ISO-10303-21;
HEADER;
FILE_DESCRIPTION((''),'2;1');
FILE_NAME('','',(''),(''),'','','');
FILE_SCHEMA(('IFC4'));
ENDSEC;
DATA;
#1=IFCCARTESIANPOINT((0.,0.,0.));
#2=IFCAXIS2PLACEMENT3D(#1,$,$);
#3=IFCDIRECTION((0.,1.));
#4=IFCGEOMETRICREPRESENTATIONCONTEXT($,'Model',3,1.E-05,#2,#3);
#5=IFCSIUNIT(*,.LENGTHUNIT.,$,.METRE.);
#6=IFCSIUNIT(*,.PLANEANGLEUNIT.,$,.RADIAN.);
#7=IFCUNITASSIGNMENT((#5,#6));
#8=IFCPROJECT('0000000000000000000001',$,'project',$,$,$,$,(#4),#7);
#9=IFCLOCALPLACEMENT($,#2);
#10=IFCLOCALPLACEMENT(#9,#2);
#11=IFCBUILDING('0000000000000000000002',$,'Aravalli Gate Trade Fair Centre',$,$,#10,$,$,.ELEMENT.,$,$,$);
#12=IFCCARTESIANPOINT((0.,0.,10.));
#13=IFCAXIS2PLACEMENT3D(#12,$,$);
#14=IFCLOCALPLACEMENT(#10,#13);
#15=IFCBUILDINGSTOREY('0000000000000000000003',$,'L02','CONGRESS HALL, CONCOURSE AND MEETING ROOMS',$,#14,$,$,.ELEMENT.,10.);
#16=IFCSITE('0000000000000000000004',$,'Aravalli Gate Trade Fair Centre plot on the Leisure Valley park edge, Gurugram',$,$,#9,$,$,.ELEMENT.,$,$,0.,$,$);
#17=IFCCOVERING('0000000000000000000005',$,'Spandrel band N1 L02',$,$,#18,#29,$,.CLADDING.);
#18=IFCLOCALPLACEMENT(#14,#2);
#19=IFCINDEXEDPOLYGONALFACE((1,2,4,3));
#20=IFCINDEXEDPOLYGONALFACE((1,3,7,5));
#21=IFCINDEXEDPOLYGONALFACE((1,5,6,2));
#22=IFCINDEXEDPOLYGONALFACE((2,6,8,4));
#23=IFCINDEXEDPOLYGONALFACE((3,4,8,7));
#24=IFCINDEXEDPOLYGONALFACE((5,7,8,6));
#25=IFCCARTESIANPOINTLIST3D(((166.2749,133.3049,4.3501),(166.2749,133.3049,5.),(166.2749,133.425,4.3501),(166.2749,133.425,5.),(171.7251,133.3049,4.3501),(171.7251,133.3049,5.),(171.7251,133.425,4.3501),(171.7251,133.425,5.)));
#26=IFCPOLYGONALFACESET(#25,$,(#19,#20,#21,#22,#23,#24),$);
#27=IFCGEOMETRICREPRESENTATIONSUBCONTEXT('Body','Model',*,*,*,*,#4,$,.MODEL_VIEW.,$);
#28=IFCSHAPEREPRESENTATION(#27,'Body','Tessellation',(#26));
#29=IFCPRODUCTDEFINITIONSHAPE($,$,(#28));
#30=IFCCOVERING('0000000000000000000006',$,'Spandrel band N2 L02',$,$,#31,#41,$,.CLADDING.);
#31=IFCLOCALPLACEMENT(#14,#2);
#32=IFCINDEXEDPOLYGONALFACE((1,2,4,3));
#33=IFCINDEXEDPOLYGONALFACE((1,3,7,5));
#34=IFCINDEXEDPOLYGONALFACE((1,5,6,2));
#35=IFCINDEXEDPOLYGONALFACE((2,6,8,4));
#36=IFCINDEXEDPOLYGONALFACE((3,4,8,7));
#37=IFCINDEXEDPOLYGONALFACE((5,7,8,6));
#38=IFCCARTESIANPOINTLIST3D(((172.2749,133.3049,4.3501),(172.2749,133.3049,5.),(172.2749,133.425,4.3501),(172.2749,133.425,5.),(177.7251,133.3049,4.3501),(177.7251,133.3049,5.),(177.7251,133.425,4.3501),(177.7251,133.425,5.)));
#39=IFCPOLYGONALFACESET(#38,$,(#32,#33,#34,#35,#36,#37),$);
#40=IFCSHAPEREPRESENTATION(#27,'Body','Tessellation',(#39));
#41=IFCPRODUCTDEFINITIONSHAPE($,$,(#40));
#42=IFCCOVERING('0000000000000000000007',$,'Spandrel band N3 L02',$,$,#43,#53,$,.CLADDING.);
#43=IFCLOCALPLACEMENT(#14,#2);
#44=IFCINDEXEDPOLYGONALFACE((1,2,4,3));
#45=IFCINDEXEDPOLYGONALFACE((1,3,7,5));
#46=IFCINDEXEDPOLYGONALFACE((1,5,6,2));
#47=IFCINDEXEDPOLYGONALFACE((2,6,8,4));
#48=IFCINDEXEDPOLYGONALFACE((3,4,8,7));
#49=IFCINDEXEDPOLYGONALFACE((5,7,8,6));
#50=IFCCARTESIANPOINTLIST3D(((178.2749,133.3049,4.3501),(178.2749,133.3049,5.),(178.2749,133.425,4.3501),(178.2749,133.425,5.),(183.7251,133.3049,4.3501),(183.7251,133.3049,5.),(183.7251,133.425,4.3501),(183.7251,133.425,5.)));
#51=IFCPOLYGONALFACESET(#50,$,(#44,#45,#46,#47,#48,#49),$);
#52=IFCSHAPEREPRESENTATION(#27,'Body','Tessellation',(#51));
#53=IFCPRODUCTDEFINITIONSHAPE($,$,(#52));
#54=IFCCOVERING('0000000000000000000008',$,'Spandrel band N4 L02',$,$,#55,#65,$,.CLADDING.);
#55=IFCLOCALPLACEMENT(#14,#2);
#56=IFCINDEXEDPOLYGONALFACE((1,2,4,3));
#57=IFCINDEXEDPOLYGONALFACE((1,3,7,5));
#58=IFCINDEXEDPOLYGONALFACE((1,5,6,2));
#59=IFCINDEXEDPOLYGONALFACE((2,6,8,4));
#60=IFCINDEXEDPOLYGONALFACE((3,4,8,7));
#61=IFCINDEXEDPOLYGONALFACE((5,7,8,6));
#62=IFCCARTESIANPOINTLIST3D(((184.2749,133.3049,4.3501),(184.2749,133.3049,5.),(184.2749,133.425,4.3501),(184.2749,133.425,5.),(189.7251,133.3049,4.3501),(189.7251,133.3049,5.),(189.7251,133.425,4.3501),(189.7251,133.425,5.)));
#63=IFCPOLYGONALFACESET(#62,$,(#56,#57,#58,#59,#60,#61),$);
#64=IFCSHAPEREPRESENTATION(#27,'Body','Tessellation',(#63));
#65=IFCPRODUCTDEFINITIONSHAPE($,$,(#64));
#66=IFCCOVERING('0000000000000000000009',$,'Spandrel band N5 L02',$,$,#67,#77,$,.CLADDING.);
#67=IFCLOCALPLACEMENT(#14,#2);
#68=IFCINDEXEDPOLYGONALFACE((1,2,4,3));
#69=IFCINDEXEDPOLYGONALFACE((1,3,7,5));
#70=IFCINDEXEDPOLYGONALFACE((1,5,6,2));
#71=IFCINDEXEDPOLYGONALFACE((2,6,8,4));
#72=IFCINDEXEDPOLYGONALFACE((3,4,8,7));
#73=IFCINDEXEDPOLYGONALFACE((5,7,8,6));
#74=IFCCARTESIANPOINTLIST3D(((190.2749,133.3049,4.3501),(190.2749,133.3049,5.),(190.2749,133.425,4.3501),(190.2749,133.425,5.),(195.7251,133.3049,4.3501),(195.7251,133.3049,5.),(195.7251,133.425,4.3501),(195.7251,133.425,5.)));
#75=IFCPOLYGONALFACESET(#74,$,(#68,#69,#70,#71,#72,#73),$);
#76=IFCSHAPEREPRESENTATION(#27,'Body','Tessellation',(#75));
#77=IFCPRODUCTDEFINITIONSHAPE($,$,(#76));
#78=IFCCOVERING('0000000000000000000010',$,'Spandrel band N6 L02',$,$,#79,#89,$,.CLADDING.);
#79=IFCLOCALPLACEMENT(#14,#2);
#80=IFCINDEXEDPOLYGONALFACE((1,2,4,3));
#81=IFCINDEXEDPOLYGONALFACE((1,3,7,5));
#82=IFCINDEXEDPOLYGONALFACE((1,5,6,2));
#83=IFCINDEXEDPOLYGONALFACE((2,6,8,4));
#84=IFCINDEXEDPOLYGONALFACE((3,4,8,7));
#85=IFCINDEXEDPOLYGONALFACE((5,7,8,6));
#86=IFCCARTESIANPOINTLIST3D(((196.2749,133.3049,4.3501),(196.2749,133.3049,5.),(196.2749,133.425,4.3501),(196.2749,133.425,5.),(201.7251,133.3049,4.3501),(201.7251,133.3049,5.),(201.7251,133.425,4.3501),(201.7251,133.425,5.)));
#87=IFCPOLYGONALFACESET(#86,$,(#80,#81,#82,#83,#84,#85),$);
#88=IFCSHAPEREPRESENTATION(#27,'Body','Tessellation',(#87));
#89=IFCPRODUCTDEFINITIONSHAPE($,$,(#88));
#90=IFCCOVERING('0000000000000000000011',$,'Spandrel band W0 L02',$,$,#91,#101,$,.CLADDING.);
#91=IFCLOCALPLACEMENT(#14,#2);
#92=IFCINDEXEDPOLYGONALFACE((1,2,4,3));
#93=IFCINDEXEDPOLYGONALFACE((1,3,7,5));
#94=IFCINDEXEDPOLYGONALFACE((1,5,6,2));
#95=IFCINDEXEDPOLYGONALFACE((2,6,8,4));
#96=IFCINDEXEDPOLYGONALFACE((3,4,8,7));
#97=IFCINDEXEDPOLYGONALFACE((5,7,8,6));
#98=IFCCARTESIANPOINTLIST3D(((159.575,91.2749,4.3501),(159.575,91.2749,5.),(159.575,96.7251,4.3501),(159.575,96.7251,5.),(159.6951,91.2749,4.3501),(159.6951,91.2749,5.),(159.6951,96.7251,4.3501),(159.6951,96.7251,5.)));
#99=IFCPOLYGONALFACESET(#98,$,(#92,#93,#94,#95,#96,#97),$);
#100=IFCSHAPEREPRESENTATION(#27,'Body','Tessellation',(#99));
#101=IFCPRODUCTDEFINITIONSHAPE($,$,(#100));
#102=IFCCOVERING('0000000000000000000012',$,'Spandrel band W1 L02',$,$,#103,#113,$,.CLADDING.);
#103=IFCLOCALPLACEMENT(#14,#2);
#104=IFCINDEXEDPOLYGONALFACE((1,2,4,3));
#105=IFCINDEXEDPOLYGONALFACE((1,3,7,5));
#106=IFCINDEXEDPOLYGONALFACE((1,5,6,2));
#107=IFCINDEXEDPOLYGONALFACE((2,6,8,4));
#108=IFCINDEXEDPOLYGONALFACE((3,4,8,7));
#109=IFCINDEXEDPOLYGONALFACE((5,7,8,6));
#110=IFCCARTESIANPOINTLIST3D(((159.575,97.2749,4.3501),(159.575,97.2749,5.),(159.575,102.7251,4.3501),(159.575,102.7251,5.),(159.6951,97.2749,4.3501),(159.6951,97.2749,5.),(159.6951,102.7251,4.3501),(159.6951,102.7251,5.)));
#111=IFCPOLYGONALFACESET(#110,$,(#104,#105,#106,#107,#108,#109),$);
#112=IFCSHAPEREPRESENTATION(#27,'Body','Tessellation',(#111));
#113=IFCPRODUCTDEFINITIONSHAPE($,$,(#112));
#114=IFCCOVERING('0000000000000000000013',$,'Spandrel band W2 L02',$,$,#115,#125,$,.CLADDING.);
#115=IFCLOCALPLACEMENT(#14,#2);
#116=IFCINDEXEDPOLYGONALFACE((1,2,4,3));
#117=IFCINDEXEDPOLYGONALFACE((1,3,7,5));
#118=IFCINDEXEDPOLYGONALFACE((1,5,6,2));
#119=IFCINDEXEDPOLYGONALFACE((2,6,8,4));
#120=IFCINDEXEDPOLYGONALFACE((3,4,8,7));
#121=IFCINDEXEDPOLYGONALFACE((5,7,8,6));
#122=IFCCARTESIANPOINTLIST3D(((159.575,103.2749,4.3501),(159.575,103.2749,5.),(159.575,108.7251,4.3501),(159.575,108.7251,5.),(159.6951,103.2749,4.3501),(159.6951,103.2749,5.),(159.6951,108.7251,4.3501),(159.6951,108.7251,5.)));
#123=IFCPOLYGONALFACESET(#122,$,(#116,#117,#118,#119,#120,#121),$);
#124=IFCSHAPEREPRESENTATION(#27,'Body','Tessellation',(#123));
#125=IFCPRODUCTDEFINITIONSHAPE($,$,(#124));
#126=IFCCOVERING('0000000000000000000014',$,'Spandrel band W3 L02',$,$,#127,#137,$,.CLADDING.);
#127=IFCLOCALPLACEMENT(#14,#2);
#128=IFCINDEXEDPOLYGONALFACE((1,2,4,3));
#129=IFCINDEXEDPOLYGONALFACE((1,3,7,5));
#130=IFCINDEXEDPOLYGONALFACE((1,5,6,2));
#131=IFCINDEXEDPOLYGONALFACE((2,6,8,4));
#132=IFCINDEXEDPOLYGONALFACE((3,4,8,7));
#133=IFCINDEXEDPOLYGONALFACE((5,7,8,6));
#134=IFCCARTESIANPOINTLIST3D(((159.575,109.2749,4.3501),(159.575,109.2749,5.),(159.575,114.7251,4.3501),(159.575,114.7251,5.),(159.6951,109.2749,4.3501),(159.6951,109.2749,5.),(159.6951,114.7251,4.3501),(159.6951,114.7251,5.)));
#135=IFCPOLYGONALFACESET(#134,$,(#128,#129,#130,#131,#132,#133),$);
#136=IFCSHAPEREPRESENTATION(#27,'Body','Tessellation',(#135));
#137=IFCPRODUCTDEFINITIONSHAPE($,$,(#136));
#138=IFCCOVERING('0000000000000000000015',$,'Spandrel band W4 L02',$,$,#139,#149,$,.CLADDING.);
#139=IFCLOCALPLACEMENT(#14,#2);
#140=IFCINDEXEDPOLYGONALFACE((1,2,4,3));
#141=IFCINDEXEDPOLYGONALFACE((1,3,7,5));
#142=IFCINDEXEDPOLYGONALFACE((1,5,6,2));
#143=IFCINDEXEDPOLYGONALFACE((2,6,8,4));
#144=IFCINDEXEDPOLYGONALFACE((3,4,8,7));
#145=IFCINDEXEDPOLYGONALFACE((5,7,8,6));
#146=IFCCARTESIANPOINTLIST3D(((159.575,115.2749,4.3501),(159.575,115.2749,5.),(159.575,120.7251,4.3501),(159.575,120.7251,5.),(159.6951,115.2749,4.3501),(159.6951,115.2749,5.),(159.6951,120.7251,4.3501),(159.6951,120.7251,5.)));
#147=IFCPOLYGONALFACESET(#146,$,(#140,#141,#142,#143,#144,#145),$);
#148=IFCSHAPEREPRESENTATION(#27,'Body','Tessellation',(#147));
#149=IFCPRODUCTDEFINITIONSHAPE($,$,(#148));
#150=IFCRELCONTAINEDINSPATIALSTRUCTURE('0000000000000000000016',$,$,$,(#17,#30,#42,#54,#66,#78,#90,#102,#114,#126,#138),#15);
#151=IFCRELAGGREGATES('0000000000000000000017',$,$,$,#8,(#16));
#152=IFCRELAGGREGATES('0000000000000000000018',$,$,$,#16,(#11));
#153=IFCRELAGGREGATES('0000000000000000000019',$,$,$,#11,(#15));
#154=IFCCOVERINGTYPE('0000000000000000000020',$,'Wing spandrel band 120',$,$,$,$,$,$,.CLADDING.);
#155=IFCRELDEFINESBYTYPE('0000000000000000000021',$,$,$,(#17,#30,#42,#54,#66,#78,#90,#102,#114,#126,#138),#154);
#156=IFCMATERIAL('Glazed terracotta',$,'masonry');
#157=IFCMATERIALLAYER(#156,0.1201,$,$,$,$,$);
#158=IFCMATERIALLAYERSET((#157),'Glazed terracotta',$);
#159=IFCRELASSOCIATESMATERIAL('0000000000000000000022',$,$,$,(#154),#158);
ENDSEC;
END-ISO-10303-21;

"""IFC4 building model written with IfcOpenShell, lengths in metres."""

from ifc_helpers import new_model, si_unit, direction, frame, origin, place, context, subcontext, project, spatial, polyline, outline, extrude, material, layer, layer_set, type_object, element, save


model = new_model("IFC4")

# Units and contexts
model_context = context("Model", 3, precision=1e-05, world=origin(), true_north=direction((0.0, 1.0)))
body_context = subcontext(model_context, "Body", "Model", "MODEL_VIEW")
ifc_project = project(units=[si_unit("LENGTHUNIT", "METRE"), si_unit("PLANEANGLEUNIT", "RADIAN")], contexts=[model_context])

# Site, building, storey
site_placement = place(None, origin())
site = spatial("IfcSite", under=ifc_project, at=site_placement, Name="Aravalli Gate Trade Fair Centre plot on the Leisure Valley park edge, Gurugram", CompositionType="ELEMENT", RefElevation=0.0)
building_placement = place(site_placement, origin())
building = spatial("IfcBuilding", under=site, at=building_placement, Name="Aravalli Gate Trade Fair Centre", CompositionType="ELEMENT")
storey_placement = place(building_placement, frame((0.0, 0.0, 10.0)))
storey = spatial("IfcBuildingStorey", under=building, at=storey_placement, Name="L02", Description="CONGRESS HALL, CONCOURSE AND MEETING ROOMS", CompositionType="ELEMENT", Elevation=10.0)

# Coverings
ifc_material_1 = material(Name="Glazed terracotta", Category="masonry")
ifc_layer_1 = layer(ifc_material_1, 0.1201)
ifc_layer_set_1 = layer_set([ifc_layer_1], Name="Glazed terracotta")
covering_type_1 = type_object("IfcCoveringType", Name="Wing spandrel band 120", PredefinedType="CLADDING", material=ifc_layer_set_1)
covering_1_placement = place(storey_placement, frame((0.0, 0.0, 4.3501)))
element("IfcCovering", 1, at=covering_1_placement, inside=storey, type_object=covering_type_1, Name="Spandrel band N1 L02", PredefinedType="CLADDING", context=body_context, shape_type="SweptSolid", body=[
    extrude(outline(polyline([(166.2749, 133.3049), (171.7251, 133.3049), (171.7251, 133.425), (166.2749, 133.425), (166.2749, 133.3049)])), origin(), (0.0, 0.0, 1.0), 0.6499),
])
covering_2_placement = place(storey_placement, frame((0.0, 0.0, 4.3501)))
element("IfcCovering", 2, at=covering_2_placement, inside=storey, type_object=covering_type_1, Name="Spandrel band N2 L02", PredefinedType="CLADDING", context=body_context, shape_type="SweptSolid", body=[
    extrude(outline(polyline([(172.2749, 133.3049), (177.7251, 133.3049), (177.7251, 133.425), (172.2749, 133.425), (172.2749, 133.3049)])), origin(), (0.0, 0.0, 1.0), 0.6499),
])
covering_3_placement = place(storey_placement, frame((0.0, 0.0, 4.3501)))
element("IfcCovering", 3, at=covering_3_placement, inside=storey, type_object=covering_type_1, Name="Spandrel band N3 L02", PredefinedType="CLADDING", context=body_context, shape_type="SweptSolid", body=[
    extrude(outline(polyline([(178.2749, 133.3049), (183.7251, 133.3049), (183.7251, 133.425), (178.2749, 133.425), (178.2749, 133.3049)])), origin(), (0.0, 0.0, 1.0), 0.6499),
])
covering_4_placement = place(storey_placement, frame((0.0, 0.0, 4.3501)))
element("IfcCovering", 4, at=covering_4_placement, inside=storey, type_object=covering_type_1, Name="Spandrel band N4 L02", PredefinedType="CLADDING", context=body_context, shape_type="SweptSolid", body=[
    extrude(outline(polyline([(184.2749, 133.3049), (189.7251, 133.3049), (189.7251, 133.425), (184.2749, 133.425), (184.2749, 133.3049)])), origin(), (0.0, 0.0, 1.0), 0.6499),
])
covering_5_placement = place(storey_placement, frame((0.0, 0.0, 4.3501)))
element("IfcCovering", 5, at=covering_5_placement, inside=storey, type_object=covering_type_1, Name="Spandrel band N5 L02", PredefinedType="CLADDING", context=body_context, shape_type="SweptSolid", body=[
    extrude(outline(polyline([(190.2749, 133.3049), (195.7251, 133.3049), (195.7251, 133.425), (190.2749, 133.425), (190.2749, 133.3049)])), origin(), (0.0, 0.0, 1.0), 0.6499),
])
covering_6_placement = place(storey_placement, frame((0.0, 0.0, 4.3501)))
element("IfcCovering", 6, at=covering_6_placement, inside=storey, type_object=covering_type_1, Name="Spandrel band N6 L02", PredefinedType="CLADDING", context=body_context, shape_type="SweptSolid", body=[
    extrude(outline(polyline([(196.2749, 133.3049), (201.7251, 133.3049), (201.7251, 133.425), (196.2749, 133.425), (196.2749, 133.3049)])), origin(), (0.0, 0.0, 1.0), 0.6499),
])
covering_7_placement = place(storey_placement, frame((0.0, 0.0, 4.3501)))
element("IfcCovering", 7, at=covering_7_placement, inside=storey, type_object=covering_type_1, Name="Spandrel band W0 L02", PredefinedType="CLADDING", context=body_context, shape_type="SweptSolid", body=[
    extrude(outline(polyline([(159.575, 91.2749), (159.6951, 91.2749), (159.6951, 96.7251), (159.575, 96.7251), (159.575, 91.2749)])), origin(), (0.0, 0.0, 1.0), 0.6499),
])
covering_8_placement = place(storey_placement, frame((0.0, 0.0, 4.3501)))
element("IfcCovering", 8, at=covering_8_placement, inside=storey, type_object=covering_type_1, Name="Spandrel band W1 L02", PredefinedType="CLADDING", context=body_context, shape_type="SweptSolid", body=[
    extrude(outline(polyline([(159.575, 97.2749), (159.6951, 97.2749), (159.6951, 102.7251), (159.575, 102.7251), (159.575, 97.2749)])), origin(), (0.0, 0.0, 1.0), 0.6499),
])
covering_9_placement = place(storey_placement, frame((0.0, 0.0, 4.3501)))
element("IfcCovering", 9, at=covering_9_placement, inside=storey, type_object=covering_type_1, Name="Spandrel band W2 L02", PredefinedType="CLADDING", context=body_context, shape_type="SweptSolid", body=[
    extrude(outline(polyline([(159.575, 103.2749), (159.6951, 103.2749), (159.6951, 108.7251), (159.575, 108.7251), (159.575, 103.2749)])), origin(), (0.0, 0.0, 1.0), 0.6499),
])
covering_10_placement = place(storey_placement, frame((0.0, 0.0, 4.3501)))
element("IfcCovering", 10, at=covering_10_placement, inside=storey, type_object=covering_type_1, Name="Spandrel band W3 L02", PredefinedType="CLADDING", context=body_context, shape_type="SweptSolid", body=[
    extrude(outline(polyline([(159.575, 109.2749), (159.6951, 109.2749), (159.6951, 114.7251), (159.575, 114.7251), (159.575, 109.2749)])), origin(), (0.0, 0.0, 1.0), 0.6499),
])
covering_11_placement = place(storey_placement, frame((0.0, 0.0, 4.3501)))
element("IfcCovering", 11, at=covering_11_placement, inside=storey, type_object=covering_type_1, Name="Spandrel band W4 L02", PredefinedType="CLADDING", context=body_context, shape_type="SweptSolid", body=[
    extrude(outline(polyline([(159.575, 115.2749), (159.6951, 115.2749), (159.6951, 120.7251), (159.575, 120.7251), (159.575, 115.2749)])), origin(), (0.0, 0.0, 1.0), 0.6499),
])

save(model, "model.ifc")
